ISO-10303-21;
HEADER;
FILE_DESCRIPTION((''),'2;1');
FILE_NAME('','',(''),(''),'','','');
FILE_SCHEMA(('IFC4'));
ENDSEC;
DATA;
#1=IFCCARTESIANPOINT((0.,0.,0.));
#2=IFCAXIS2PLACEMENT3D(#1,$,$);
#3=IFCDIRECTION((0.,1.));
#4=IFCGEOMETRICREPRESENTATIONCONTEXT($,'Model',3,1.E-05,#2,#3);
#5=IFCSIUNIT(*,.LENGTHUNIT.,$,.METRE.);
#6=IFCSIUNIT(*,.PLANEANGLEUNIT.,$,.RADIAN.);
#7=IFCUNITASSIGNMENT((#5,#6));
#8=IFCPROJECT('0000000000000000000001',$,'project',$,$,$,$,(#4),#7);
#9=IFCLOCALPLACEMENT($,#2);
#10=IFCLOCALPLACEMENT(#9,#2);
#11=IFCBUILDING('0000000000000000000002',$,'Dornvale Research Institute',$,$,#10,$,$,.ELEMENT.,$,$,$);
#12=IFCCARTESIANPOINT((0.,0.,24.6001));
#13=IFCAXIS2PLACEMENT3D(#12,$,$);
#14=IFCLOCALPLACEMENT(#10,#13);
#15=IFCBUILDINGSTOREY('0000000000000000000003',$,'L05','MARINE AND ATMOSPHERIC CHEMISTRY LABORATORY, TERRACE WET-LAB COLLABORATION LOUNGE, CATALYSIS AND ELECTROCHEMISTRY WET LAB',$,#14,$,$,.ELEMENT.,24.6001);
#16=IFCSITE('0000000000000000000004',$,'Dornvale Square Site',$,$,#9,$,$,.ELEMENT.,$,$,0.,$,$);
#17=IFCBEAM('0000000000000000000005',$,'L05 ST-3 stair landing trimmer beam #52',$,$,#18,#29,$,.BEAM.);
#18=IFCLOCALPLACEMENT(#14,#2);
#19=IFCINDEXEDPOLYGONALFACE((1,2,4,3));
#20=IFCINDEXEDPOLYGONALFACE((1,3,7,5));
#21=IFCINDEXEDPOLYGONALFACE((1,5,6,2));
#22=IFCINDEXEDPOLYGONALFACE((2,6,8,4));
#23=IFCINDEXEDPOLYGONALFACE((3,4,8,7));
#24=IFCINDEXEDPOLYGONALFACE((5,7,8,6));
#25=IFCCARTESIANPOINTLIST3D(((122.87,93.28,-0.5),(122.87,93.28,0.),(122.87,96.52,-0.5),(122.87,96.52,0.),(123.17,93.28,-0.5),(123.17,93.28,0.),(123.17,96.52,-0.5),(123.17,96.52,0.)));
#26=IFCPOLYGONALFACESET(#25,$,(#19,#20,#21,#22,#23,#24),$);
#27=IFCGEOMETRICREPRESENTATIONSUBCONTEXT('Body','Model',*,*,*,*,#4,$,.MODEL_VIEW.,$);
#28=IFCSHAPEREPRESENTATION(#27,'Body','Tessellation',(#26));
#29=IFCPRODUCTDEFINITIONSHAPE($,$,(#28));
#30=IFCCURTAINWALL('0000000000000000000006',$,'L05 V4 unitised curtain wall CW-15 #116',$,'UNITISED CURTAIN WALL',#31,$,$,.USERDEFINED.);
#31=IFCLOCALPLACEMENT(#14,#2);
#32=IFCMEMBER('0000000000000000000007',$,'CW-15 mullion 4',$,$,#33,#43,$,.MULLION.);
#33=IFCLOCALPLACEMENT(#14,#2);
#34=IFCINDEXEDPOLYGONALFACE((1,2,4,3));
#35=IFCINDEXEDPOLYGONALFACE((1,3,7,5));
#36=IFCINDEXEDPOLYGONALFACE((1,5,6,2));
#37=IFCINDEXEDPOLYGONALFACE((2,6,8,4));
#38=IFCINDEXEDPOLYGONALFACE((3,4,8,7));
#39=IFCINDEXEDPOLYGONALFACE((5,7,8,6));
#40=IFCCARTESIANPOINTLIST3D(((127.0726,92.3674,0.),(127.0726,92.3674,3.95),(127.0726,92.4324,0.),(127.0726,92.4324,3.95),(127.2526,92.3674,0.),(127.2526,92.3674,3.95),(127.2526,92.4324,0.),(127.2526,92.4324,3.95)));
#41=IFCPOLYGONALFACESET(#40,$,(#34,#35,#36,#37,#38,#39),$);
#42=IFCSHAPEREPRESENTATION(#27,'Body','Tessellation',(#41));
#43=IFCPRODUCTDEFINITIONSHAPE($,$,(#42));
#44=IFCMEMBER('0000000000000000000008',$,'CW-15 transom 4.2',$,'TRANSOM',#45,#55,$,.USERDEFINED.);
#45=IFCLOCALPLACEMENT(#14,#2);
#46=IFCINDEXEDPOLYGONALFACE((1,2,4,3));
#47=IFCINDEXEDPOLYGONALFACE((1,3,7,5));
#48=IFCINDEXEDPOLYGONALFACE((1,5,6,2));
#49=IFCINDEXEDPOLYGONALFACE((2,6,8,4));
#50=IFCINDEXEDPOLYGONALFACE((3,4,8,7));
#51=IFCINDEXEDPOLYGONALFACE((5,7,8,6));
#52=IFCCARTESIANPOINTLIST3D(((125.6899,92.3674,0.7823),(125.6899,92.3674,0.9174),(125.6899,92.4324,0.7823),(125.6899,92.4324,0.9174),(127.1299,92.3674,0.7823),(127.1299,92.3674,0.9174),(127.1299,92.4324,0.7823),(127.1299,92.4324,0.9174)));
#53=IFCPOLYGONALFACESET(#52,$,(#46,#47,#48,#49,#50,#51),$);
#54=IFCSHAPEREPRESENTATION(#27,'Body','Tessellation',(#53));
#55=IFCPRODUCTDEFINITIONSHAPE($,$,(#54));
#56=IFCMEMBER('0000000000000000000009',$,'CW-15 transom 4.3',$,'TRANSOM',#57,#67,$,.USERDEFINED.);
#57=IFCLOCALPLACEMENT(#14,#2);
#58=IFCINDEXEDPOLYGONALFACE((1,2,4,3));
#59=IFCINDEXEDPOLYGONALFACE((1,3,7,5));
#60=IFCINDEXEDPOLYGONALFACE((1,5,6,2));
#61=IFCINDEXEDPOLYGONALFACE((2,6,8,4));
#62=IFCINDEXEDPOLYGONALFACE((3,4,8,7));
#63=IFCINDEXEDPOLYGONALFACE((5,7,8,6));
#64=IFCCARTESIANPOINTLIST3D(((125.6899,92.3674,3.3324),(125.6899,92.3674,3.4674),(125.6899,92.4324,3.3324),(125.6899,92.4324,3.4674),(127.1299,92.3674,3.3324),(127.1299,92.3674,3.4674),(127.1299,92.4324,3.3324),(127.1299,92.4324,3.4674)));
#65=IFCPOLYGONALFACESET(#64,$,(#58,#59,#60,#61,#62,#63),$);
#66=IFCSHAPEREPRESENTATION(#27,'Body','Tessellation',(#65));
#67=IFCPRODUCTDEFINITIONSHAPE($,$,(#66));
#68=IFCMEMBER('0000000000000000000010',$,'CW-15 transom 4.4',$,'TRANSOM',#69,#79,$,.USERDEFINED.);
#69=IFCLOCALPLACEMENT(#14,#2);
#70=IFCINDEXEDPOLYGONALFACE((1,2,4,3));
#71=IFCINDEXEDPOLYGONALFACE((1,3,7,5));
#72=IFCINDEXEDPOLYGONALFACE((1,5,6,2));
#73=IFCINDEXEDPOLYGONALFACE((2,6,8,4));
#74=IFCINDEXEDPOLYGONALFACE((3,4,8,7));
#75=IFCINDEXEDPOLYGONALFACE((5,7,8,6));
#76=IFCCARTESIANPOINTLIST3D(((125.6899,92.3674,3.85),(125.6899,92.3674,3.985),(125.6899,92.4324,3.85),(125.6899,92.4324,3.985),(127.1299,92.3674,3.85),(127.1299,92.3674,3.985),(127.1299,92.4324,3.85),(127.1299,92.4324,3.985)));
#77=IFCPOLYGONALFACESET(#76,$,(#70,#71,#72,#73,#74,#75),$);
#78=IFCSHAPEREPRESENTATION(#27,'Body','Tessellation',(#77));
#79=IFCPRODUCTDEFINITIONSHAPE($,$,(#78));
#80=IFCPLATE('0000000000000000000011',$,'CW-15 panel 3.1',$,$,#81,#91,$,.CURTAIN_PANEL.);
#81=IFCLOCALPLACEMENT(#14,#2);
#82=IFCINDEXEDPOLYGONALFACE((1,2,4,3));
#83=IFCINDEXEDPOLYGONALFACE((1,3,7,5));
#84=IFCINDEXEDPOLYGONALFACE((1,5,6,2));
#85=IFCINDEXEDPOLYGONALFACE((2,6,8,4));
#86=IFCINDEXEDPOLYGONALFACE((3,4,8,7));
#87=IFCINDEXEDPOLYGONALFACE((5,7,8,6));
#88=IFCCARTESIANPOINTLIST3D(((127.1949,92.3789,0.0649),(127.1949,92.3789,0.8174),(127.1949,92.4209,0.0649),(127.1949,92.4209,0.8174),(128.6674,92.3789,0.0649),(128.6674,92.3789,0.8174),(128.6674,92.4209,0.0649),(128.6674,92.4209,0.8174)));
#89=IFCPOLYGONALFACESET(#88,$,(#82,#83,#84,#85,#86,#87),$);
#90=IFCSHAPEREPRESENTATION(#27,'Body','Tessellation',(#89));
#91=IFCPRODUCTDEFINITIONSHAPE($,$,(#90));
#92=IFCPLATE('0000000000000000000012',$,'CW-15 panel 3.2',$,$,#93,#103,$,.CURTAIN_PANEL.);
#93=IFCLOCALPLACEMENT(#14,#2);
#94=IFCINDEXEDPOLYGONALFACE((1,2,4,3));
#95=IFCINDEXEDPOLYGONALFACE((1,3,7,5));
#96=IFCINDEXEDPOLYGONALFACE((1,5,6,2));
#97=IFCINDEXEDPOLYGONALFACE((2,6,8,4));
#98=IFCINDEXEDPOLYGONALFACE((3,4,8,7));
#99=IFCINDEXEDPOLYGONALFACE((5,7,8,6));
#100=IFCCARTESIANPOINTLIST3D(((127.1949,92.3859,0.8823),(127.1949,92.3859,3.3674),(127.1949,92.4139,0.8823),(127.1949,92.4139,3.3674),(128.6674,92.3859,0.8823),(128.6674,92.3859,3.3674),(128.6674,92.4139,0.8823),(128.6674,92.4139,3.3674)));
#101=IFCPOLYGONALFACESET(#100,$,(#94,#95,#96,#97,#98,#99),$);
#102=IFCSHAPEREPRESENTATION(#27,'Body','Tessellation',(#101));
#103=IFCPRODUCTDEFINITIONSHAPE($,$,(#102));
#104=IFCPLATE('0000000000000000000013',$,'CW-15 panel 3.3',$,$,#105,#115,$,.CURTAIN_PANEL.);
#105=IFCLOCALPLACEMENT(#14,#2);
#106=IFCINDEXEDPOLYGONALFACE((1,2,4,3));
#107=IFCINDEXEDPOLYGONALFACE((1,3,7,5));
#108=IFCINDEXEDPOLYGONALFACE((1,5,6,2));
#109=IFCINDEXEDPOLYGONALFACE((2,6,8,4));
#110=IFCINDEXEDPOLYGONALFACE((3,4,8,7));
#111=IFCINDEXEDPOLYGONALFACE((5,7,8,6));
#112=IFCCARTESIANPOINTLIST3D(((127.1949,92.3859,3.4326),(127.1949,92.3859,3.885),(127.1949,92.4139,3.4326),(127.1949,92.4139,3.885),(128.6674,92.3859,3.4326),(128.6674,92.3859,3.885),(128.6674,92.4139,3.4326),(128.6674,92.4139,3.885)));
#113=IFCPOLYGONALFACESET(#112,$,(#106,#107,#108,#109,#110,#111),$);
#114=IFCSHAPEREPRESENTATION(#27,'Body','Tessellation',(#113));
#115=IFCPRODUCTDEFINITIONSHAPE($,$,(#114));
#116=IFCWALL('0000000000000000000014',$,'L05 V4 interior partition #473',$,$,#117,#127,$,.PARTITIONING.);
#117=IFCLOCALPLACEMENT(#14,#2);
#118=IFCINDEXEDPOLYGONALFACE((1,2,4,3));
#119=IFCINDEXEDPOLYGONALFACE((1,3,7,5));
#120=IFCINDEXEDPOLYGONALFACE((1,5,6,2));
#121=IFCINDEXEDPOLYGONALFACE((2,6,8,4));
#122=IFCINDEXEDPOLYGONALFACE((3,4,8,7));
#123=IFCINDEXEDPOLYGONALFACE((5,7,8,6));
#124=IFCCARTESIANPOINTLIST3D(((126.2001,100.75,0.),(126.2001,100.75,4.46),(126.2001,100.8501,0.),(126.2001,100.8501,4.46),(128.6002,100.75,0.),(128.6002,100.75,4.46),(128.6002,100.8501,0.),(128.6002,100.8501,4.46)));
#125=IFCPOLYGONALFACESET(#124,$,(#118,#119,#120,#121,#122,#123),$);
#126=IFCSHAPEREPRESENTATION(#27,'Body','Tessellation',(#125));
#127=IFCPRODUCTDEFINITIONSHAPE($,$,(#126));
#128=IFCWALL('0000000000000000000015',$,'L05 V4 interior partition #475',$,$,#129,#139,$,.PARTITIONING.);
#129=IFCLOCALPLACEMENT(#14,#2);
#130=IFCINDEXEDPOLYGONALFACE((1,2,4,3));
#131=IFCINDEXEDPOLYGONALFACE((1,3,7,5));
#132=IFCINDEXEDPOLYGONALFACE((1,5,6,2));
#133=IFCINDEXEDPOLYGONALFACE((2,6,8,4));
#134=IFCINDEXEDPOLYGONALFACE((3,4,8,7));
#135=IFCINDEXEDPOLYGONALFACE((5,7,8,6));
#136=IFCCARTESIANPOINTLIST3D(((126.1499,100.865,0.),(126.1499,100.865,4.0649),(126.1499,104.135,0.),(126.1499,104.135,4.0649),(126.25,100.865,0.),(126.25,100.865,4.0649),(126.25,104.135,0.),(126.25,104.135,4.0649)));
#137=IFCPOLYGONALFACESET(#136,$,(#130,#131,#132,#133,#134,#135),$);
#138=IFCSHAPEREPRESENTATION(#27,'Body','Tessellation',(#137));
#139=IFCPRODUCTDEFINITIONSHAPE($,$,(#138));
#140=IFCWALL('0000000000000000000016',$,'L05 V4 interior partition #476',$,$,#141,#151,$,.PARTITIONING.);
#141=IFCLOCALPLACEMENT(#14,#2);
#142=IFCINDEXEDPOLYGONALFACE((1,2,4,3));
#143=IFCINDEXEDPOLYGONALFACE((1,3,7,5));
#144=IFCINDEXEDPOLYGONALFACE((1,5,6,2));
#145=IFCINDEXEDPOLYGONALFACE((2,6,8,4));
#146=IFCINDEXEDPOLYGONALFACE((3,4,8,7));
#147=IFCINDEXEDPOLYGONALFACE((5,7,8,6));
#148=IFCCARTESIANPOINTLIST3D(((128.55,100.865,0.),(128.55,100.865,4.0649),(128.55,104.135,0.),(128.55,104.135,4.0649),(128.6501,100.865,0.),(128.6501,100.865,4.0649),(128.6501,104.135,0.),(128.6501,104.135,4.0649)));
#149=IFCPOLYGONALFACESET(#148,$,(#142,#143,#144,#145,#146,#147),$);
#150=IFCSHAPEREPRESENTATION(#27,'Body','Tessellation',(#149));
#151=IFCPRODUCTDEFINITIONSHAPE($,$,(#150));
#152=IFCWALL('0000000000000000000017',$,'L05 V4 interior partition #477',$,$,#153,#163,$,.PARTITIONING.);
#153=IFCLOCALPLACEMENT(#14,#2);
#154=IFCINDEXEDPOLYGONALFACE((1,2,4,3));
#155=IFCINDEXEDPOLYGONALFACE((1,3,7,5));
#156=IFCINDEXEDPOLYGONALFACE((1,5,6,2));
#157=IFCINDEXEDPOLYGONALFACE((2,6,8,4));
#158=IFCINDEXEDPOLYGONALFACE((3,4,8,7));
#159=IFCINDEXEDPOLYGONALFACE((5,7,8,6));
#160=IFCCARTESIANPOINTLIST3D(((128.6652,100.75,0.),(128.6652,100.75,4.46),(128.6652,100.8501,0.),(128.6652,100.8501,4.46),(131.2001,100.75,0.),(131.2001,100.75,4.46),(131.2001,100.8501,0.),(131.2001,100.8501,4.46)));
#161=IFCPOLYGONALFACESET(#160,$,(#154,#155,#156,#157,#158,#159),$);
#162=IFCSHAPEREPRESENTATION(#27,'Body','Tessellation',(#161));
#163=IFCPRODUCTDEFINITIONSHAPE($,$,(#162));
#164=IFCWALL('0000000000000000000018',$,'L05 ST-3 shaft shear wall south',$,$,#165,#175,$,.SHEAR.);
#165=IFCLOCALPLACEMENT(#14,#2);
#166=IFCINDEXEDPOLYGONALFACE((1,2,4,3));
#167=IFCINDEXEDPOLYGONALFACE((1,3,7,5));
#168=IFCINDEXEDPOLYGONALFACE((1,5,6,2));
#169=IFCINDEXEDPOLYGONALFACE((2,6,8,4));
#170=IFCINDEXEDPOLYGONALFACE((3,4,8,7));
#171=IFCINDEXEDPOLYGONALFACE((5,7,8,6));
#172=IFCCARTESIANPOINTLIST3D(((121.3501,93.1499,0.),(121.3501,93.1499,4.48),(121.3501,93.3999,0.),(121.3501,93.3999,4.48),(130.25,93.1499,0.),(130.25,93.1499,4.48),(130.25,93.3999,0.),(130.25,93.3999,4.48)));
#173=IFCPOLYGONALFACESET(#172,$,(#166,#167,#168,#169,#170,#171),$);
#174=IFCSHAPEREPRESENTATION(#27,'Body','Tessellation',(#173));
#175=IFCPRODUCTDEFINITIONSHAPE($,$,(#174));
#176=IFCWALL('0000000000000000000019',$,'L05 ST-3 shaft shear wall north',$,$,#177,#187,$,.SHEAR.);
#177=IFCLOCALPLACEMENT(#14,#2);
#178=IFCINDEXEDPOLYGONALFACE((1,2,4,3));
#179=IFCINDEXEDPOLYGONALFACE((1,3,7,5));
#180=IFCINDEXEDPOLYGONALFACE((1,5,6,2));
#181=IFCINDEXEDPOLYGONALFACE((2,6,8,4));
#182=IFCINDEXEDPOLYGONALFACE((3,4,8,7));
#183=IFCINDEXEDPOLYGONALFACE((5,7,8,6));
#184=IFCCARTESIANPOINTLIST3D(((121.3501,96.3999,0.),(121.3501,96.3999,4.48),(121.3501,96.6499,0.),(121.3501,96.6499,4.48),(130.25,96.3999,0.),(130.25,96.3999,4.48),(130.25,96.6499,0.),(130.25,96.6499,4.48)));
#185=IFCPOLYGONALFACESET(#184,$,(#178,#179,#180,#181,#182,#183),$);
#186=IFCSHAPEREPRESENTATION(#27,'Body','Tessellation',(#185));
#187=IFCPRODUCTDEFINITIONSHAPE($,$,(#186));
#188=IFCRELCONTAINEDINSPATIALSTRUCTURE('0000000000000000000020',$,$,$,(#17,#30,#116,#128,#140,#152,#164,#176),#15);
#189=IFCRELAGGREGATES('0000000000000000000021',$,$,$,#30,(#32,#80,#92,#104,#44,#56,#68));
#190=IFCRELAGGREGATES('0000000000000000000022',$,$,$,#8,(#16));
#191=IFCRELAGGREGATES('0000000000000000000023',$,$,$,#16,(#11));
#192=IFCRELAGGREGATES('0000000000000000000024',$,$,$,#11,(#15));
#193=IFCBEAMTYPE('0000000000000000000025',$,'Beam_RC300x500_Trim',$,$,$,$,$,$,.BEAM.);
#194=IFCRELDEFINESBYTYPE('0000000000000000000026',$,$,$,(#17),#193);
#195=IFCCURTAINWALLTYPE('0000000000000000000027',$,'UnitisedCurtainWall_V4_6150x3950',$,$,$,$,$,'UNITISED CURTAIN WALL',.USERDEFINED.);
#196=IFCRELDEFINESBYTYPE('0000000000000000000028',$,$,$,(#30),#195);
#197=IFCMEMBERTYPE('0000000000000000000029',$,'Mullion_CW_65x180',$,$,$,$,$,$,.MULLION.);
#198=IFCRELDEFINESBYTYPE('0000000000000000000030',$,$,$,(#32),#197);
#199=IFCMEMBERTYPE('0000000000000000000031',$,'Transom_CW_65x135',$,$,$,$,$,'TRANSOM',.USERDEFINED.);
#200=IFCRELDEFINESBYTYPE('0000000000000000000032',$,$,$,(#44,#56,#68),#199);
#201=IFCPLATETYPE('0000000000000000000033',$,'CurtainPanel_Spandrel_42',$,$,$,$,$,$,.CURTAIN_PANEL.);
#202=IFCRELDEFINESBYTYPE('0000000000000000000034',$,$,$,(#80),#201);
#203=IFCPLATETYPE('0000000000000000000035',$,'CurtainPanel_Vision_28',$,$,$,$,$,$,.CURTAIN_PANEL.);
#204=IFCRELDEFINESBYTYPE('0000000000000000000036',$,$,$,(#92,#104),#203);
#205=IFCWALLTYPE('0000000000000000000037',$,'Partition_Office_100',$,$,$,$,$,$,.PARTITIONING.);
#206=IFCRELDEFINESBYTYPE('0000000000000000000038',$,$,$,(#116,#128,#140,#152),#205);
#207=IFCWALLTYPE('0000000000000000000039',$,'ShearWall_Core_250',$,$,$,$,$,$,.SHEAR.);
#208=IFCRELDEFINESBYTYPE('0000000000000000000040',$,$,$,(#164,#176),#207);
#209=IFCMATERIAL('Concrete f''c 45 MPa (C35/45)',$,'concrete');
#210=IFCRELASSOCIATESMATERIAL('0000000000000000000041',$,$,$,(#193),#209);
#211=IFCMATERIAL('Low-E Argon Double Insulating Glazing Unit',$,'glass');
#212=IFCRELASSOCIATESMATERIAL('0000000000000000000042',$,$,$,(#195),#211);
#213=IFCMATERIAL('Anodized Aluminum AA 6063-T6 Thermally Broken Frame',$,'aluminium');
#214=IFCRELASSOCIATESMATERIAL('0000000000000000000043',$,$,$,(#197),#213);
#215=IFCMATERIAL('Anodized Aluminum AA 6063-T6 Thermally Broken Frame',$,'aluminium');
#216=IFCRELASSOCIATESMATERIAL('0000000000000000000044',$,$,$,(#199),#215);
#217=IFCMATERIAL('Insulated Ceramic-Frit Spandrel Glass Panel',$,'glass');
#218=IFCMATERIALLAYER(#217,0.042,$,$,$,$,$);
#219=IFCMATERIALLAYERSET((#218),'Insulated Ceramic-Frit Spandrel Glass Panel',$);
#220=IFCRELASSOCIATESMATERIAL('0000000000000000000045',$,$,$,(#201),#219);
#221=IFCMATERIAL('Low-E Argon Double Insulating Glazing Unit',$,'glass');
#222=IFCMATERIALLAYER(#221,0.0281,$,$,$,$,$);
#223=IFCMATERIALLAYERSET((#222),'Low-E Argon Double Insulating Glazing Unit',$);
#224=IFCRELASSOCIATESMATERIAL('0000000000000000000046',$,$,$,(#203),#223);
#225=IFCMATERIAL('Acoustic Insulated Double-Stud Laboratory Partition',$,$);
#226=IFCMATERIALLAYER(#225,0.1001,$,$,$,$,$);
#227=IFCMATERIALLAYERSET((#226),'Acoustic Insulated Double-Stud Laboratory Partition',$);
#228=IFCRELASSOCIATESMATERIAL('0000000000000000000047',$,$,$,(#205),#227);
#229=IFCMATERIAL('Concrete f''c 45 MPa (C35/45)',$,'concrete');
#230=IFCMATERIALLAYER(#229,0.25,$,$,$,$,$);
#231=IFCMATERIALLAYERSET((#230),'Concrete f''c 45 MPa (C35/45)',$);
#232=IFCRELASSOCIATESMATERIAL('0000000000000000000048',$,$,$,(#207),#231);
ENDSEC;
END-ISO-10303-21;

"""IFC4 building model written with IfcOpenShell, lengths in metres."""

from ifc_helpers import new_model, si_unit, direction, frame, frame_2d, origin, origin_2d, place, context, subcontext, project, spatial, rectangle, extrude, material, layer, layer_set, material_profile, profile_set, type_object, element, aggregate, save


model = new_model("IFC4")

# Units and contexts
model_context = context("Model", 3, precision=1e-05, world=origin(), true_north=direction((0.0, 1.0)))
body_context = subcontext(model_context, "Body", "Model", "MODEL_VIEW")
ifc_project = project(units=[si_unit("LENGTHUNIT", "METRE"), si_unit("PLANEANGLEUNIT", "RADIAN")], contexts=[model_context])

# Site, building, storey
site_placement = place(None, origin())
site = spatial("IfcSite", under=ifc_project, at=site_placement, Name="Dornvale Square Site", CompositionType="ELEMENT", RefElevation=0.0)
building_placement = place(site_placement, origin())
building = spatial("IfcBuilding", under=site, at=building_placement, Name="Dornvale Research Institute", CompositionType="ELEMENT")
storey_placement = place(building_placement, frame((0.0, 0.0, 24.6001)))
storey = spatial("IfcBuildingStorey", under=building, at=storey_placement, Name="L05", Description="MARINE AND ATMOSPHERIC CHEMISTRY LABORATORY, TERRACE WET-LAB COLLABORATION LOUNGE, CATALYSIS AND ELECTROCHEMISTRY WET LAB", CompositionType="ELEMENT", Elevation=24.6001)

# Beam
ifc_material_1 = material(Name="Concrete f'c 45 MPa (C35/45)", Category="concrete")
ifc_material_profile_1 = material_profile(ifc_material_1, rectangle(XDim=0.3, YDim=0.5, at=origin_2d()), Name="RC 300x500")
ifc_profile_set_1 = profile_set([ifc_material_profile_1], Name="Concrete f'c 45 MPa (C35/45)")
beam_type = type_object("IfcBeamType", Name="Beam_RC300x500_Trim", PredefinedType="BEAM", material=ifc_profile_set_1)
beam_placement = place(storey_placement, frame((123.02, 93.28, -0.25), z_axis=(0.0, 1.0, 0.0), x_axis=(-1.0, 0.0, 0.0)))
element("IfcBeam", 1, at=beam_placement, inside=storey, type_object=beam_type, Name="L05 ST-3 stair landing trimmer beam #52", PredefinedType="BEAM", context=body_context, shape_type="SweptSolid", body=[
    extrude(rectangle(XDim=0.3, YDim=0.5, at=origin_2d()), origin(), (0.0, 0.0, 1.0), 3.24),
])

# Curtain wall, members, plates
ifc_material_2 = material(Name="Low-E Argon Double Insulating Glazing Unit", Category="glass")
curtain_wall_type = type_object("IfcCurtainWallType", Name="UnitisedCurtainWall_V4_6150x3950", ElementType="UNITISED CURTAIN WALL", PredefinedType="USERDEFINED", material=ifc_material_2)
curtain_wall_placement = place(storey_placement, origin())
curtain_wall = element("IfcCurtainWall", 2, at=curtain_wall_placement, inside=storey, type_object=curtain_wall_type, Name="L05 V4 unitised curtain wall CW-15 #116", ObjectType="UNITISED CURTAIN WALL", PredefinedType="USERDEFINED")
ifc_material_3 = material(Name="Anodized Aluminum AA 6063-T6 Thermally Broken Frame", Category="aluminium")
ifc_material_profile_2 = material_profile(ifc_material_3, rectangle(XDim=0.0649, YDim=0.1799, at=origin_2d()), Name="ALU MULLION 65x180")
ifc_profile_set_2 = profile_set([ifc_material_profile_2], Name="Anodized Aluminum AA 6063-T6 Thermally Broken Frame")
member_type_1 = type_object("IfcMemberType", Name="Mullion_CW_65x180", PredefinedType="MULLION", material=ifc_profile_set_2)
member_1_placement = place(storey_placement, frame((127.1626, 92.3999, 0.0), z_axis=(0.0, 0.0, 1.0), x_axis=(0.0, -1.0, 0.0)))
member_1 = element("IfcMember", 3, at=member_1_placement, type_object=member_type_1, Name="CW-15 mullion 4", PredefinedType="MULLION", context=body_context, shape_type="SweptSolid", body=[
    extrude(rectangle(XDim=0.0649, YDim=0.1799, at=origin_2d()), origin(), (0.0, 0.0, 1.0), 3.95),
])
ifc_material_4 = material(Name="Anodized Aluminum AA 6063-T6 Thermally Broken Frame", Category="aluminium")
ifc_material_profile_3 = material_profile(ifc_material_4, rectangle(XDim=0.0649, YDim=0.135, at=origin_2d()), Name="ALU TRANSOM 65x135")
ifc_profile_set_3 = profile_set([ifc_material_profile_3], Name="Anodized Aluminum AA 6063-T6 Thermally Broken Frame")
member_type_2 = type_object("IfcMemberType", Name="Transom_CW_65x135", ElementType="TRANSOM", PredefinedType="USERDEFINED", material=ifc_profile_set_3)
member_2_placement = place(storey_placement, frame((127.1299, 92.3999, 0.8499), z_axis=(-1.0, 0.0, 0.0), x_axis=(0.0, -1.0, 0.0)))
member_2 = element("IfcMember", 4, at=member_2_placement, type_object=member_type_2, Name="CW-15 transom 4.2", ObjectType="TRANSOM", PredefinedType="USERDEFINED", context=body_context, shape_type="SweptSolid", body=[
    extrude(rectangle(XDim=0.0649, YDim=0.135, at=origin_2d()), origin(), (0.0, 0.0, 1.0), 1.4399),
])
member_3_placement = place(storey_placement, frame((127.1299, 92.3999, 3.3999), z_axis=(-1.0, 0.0, 0.0), x_axis=(0.0, -1.0, 0.0)))
member_3 = element("IfcMember", 5, at=member_3_placement, type_object=member_type_2, Name="CW-15 transom 4.3", ObjectType="TRANSOM", PredefinedType="USERDEFINED", context=body_context, shape_type="SweptSolid", body=[
    extrude(rectangle(XDim=0.0649, YDim=0.135, at=origin_2d()), origin(), (0.0, 0.0, 1.0), 1.4399),
])
member_4_placement = place(storey_placement, frame((127.1299, 92.3999, 3.9175), z_axis=(-1.0, 0.0, 0.0), x_axis=(0.0, -1.0, 0.0)))
member_4 = element("IfcMember", 6, at=member_4_placement, type_object=member_type_2, Name="CW-15 transom 4.4", ObjectType="TRANSOM", PredefinedType="USERDEFINED", context=body_context, shape_type="SweptSolid", body=[
    extrude(rectangle(XDim=0.0649, YDim=0.135, at=origin_2d()), origin(), (0.0, 0.0, 1.0), 1.4399),
])
ifc_material_5 = material(Name="Insulated Ceramic-Frit Spandrel Glass Panel", Category="glass")
ifc_layer_1 = layer(ifc_material_5, 0.042)
ifc_layer_set_1 = layer_set([ifc_layer_1], Name="Insulated Ceramic-Frit Spandrel Glass Panel")
plate_type_1 = type_object("IfcPlateType", Name="CurtainPanel_Spandrel_42", PredefinedType="CURTAIN_PANEL", material=ifc_layer_set_1)
plate_1_placement = place(storey_placement, frame((127.9312, 92.3999, 0.0649), z_axis=(0.0, 0.0, 1.0), x_axis=(-1.0, 0.0, 0.0)))
plate_1 = element("IfcPlate", 7, at=plate_1_placement, type_object=plate_type_1, Name="CW-15 panel 3.1", PredefinedType="CURTAIN_PANEL", context=body_context, shape_type="SweptSolid", body=[
    extrude(rectangle(XDim=1.4724, YDim=0.042, at=origin_2d()), origin(), (0.0, 0.0, 1.0), 0.7524),
])
ifc_material_6 = material(Name="Low-E Argon Double Insulating Glazing Unit", Category="glass")
ifc_layer_2 = layer(ifc_material_6, 0.0281)
ifc_layer_set_2 = layer_set([ifc_layer_2], Name="Low-E Argon Double Insulating Glazing Unit")
plate_type_2 = type_object("IfcPlateType", Name="CurtainPanel_Vision_28", PredefinedType="CURTAIN_PANEL", material=ifc_layer_set_2)
plate_2_placement = place(storey_placement, frame((127.9312, 92.3999, 0.8823), z_axis=(0.0, 0.0, 1.0), x_axis=(-1.0, 0.0, 0.0)))
plate_2 = element("IfcPlate", 8, at=plate_2_placement, type_object=plate_type_2, Name="CW-15 panel 3.2", PredefinedType="CURTAIN_PANEL", context=body_context, shape_type="SweptSolid", body=[
    extrude(rectangle(XDim=1.4724, YDim=0.0281, at=origin_2d()), origin(), (0.0, 0.0, 1.0), 2.4851),
])
plate_3_placement = place(storey_placement, frame((127.9312, 92.3999, 3.4326), z_axis=(0.0, 0.0, 1.0), x_axis=(-1.0, 0.0, 0.0)))
plate_3 = element("IfcPlate", 9, at=plate_3_placement, type_object=plate_type_2, Name="CW-15 panel 3.3", PredefinedType="CURTAIN_PANEL", context=body_context, shape_type="SweptSolid", body=[
    extrude(rectangle(XDim=1.4724, YDim=0.0281, at=origin_2d()), origin(), (0.0, 0.0, 1.0), 0.4524),
])
aggregate(curtain_wall, [member_1, plate_1, plate_2, plate_3, member_2, member_3, member_4])

# Walls
ifc_material_7 = material(Name="Acoustic Insulated Double-Stud Laboratory Partition")
ifc_layer_3 = layer(ifc_material_7, 0.1001)
ifc_layer_set_3 = layer_set([ifc_layer_3], Name="Acoustic Insulated Double-Stud Laboratory Partition")
wall_type_1 = type_object("IfcWallType", Name="Partition_Office_100", PredefinedType="PARTITIONING", material=ifc_layer_set_3)
wall_1_placement = place(storey_placement, frame((126.2, 100.8, 0.0), z_axis=(0.0, 0.0, 1.0), x_axis=(1.0, 0.0, 0.0)))
element("IfcWall", 10, at=wall_1_placement, inside=storey, type_object=wall_type_1, Name="L05 V4 interior partition #473", PredefinedType="PARTITIONING", context=body_context, shape_type="SweptSolid", body=[
    extrude(rectangle(XDim=2.4001, YDim=0.1001, at=frame_2d((1.2002, 0.0))), origin(), (0.0, 0.0, 1.0), 4.46),
])
for number, where, z_axis, x_axis, name in (
    (11, (126.2, 100.865, 0.0), (0.0, 0.0, 1.0), (0.0, 1.0, 0.0), "L05 V4 interior partition #475"),
    (12, (128.6001, 100.865, 0.0), (0.0, 0.0, 1.0), (0.0, 1.0, 0.0), "L05 V4 interior partition #476"),
):
    element("IfcWall", number, at=place(storey_placement, frame(where, z_axis=z_axis, x_axis=x_axis)), inside=storey, type_object=wall_type_1, Name=name, PredefinedType="PARTITIONING", context=body_context, shape_type="SweptSolid", body=[
        extrude(rectangle(XDim=3.27, YDim=0.1001, at=frame_2d((1.635, 0.0))), origin(), (0.0, 0.0, 1.0), 4.0649),
    ])
wall_2_placement = place(storey_placement, frame((128.665, 100.8, 0.0), z_axis=(0.0, 0.0, 1.0), x_axis=(1.0, 0.0, 0.0)))
element("IfcWall", 13, at=wall_2_placement, inside=storey, type_object=wall_type_1, Name="L05 V4 interior partition #477", PredefinedType="PARTITIONING", context=body_context, shape_type="SweptSolid", body=[
    extrude(rectangle(XDim=2.5349, YDim=0.1001, at=frame_2d((1.2676, 0.0))), origin(), (0.0, 0.0, 1.0), 4.46),
])
ifc_material_8 = material(Name="Concrete f'c 45 MPa (C35/45)", Category="concrete")
ifc_layer_4 = layer(ifc_material_8, 0.25)
ifc_layer_set_4 = layer_set([ifc_layer_4], Name="Concrete f'c 45 MPa (C35/45)")
wall_type_2 = type_object("IfcWallType", Name="ShearWall_Core_250", PredefinedType="SHEAR", material=ifc_layer_set_4)
for number, where, z_axis, x_axis, name in (
    (14, (121.3501, 93.2749, 0.0), (0.0, 0.0, 1.0), (1.0, 0.0, 0.0), "L05 ST-3 shaft shear wall south"),
    (15, (121.3501, 96.5249, 0.0), (0.0, 0.0, 1.0), (1.0, 0.0, 0.0), "L05 ST-3 shaft shear wall north"),
):
    element("IfcWall", number, at=place(storey_placement, frame(where, z_axis=z_axis, x_axis=x_axis)), inside=storey, type_object=wall_type_2, Name=name, PredefinedType="SHEAR", context=body_context, shape_type="SweptSolid", body=[
        extrude(rectangle(XDim=8.8999, YDim=0.25, at=frame_2d((4.45, 0.0))), origin(), (0.0, 0.0, 1.0), 4.48),
    ])

save(model, "model.ifc")
